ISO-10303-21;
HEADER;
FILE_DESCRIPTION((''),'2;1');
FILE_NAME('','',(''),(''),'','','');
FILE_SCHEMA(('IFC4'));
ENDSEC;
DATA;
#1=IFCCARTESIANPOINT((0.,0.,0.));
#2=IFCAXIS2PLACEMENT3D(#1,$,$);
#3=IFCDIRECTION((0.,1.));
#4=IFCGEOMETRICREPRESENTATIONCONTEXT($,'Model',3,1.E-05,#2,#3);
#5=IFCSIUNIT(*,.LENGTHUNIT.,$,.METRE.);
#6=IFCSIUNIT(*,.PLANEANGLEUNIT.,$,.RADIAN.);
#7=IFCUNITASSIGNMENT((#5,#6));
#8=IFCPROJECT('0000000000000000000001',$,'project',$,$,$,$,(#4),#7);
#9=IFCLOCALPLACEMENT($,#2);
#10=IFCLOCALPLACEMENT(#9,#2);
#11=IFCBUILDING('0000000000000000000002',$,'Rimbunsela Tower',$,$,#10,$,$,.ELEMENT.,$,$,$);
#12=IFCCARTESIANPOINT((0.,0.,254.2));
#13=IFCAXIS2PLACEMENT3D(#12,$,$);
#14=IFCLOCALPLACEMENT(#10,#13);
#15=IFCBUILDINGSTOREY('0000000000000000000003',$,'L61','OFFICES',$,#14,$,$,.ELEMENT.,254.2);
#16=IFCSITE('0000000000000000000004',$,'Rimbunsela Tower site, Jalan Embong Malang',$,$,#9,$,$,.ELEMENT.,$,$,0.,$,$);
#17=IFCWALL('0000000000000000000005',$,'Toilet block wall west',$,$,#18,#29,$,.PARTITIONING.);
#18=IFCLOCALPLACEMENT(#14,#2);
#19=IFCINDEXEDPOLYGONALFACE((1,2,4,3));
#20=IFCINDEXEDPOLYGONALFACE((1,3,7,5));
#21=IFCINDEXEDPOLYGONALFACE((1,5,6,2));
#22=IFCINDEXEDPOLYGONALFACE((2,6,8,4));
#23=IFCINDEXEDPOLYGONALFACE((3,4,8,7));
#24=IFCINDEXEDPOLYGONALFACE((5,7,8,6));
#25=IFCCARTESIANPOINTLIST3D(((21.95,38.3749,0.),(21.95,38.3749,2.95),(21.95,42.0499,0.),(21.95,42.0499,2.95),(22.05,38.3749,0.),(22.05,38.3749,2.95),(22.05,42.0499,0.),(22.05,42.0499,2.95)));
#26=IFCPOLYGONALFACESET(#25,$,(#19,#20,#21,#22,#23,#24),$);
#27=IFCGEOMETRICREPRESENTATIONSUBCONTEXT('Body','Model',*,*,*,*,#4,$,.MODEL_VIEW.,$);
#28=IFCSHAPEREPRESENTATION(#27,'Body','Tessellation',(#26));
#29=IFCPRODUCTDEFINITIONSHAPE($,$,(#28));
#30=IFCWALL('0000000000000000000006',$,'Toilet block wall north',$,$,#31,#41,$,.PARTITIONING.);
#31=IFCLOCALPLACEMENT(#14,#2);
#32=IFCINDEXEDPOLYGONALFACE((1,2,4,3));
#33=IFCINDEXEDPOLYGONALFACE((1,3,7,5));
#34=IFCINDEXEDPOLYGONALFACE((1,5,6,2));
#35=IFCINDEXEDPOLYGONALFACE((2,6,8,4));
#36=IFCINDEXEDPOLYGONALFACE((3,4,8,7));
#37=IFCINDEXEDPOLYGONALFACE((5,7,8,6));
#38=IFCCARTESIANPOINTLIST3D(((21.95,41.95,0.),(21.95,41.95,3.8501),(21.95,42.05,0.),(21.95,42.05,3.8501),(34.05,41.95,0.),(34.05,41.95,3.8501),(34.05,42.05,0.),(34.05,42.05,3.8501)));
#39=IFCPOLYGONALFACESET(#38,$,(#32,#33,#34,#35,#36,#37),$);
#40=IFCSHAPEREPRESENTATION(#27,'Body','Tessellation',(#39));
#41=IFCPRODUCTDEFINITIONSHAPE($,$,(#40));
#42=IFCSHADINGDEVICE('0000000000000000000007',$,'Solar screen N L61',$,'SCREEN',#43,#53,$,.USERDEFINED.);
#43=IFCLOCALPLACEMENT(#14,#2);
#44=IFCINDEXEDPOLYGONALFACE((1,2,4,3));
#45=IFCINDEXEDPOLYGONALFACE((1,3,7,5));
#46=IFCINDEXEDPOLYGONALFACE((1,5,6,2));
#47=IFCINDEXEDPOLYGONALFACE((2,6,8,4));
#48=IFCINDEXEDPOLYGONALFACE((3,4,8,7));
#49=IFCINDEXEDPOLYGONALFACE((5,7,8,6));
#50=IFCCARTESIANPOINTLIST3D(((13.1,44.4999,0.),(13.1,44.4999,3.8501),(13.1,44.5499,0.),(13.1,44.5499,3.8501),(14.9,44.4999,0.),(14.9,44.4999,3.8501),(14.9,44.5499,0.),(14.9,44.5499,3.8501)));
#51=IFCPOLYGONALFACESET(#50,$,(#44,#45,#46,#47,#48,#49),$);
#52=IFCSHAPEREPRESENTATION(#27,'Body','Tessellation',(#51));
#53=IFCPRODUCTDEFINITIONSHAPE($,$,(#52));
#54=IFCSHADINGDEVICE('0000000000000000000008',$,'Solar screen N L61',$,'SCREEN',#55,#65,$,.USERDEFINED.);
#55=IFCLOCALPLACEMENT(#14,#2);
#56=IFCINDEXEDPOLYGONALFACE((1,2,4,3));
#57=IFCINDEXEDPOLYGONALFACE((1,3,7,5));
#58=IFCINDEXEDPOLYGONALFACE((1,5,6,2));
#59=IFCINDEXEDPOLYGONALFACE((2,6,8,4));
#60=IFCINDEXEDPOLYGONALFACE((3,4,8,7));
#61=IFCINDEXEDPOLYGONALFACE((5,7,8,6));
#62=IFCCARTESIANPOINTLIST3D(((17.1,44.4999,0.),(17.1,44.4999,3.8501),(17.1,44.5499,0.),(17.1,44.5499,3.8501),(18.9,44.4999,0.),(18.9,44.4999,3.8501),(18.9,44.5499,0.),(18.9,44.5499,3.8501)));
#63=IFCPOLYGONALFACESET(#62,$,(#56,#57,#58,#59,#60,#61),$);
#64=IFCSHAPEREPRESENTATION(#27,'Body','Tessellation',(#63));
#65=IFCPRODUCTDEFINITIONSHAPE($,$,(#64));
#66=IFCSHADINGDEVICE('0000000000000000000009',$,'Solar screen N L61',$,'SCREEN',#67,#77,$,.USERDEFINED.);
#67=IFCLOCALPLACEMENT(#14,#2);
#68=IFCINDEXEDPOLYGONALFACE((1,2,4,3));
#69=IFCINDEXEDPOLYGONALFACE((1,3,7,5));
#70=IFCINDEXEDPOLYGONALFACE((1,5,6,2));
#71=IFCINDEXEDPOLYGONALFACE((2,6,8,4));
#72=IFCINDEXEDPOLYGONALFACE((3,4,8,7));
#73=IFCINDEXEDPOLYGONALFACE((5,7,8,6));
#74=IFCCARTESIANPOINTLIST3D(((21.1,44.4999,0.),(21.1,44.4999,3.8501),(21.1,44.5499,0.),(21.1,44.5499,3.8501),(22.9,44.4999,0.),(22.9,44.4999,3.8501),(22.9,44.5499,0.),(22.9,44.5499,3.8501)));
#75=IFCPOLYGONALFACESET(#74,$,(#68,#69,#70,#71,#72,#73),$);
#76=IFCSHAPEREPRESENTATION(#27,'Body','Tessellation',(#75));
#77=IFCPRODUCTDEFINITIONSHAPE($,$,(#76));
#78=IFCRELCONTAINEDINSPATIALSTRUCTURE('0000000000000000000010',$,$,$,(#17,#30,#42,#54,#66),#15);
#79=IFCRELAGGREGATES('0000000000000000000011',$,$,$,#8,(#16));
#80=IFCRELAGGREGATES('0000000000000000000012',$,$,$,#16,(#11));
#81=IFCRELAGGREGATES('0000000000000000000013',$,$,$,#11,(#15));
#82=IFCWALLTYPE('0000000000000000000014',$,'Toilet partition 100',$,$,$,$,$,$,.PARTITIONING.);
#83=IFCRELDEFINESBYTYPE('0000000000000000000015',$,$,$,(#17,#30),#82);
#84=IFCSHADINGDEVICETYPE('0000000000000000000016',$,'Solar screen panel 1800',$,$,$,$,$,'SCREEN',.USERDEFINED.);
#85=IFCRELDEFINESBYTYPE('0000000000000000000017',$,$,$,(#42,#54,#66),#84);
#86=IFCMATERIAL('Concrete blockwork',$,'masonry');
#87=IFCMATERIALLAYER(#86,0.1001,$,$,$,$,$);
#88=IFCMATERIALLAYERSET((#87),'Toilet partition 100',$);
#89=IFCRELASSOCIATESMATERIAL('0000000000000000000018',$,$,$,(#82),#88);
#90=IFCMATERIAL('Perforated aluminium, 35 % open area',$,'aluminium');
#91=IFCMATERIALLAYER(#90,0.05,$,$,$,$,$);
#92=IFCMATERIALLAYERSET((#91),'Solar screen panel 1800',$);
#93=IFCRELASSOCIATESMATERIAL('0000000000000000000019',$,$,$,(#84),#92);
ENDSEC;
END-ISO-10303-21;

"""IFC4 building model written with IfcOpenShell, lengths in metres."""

from ifc_helpers import new_model, si_unit, direction, frame, frame_2d, origin, origin_2d, place, context, subcontext, project, spatial, rectangle, extrude, material, layer, layer_set, type_object, element, save


model = new_model("IFC4")

# Units and contexts
model_context = context("Model", 3, precision=1e-05, world=origin(), true_north=direction((0.0, 1.0)))
body_context = subcontext(model_context, "Body", "Model", "MODEL_VIEW")
ifc_project = project(units=[si_unit("LENGTHUNIT", "METRE"), si_unit("PLANEANGLEUNIT", "RADIAN")], contexts=[model_context])

# Site, building, storey
site_placement = place(None, origin())
site = spatial("IfcSite", under=ifc_project, at=site_placement, Name="Rimbunsela Tower site, Jalan Embong Malang", CompositionType="ELEMENT", RefElevation=0.0)
building_placement = place(site_placement, origin())
building = spatial("IfcBuilding", under=site, at=building_placement, Name="Rimbunsela Tower", CompositionType="ELEMENT")
storey_placement = place(building_placement, frame((0.0, 0.0, 254.2)))
storey = spatial("IfcBuildingStorey", under=building, at=storey_placement, Name="L61", Description="OFFICES", CompositionType="ELEMENT", Elevation=254.2)

# Walls
ifc_material_1 = material(Name="Concrete blockwork", Category="masonry")
ifc_layer_1 = layer(ifc_material_1, 0.1001)
ifc_layer_set_1 = layer_set([ifc_layer_1], Name="Toilet partition 100")
wall_type_1 = type_object("IfcWallType", Name="Toilet partition 100", PredefinedType="PARTITIONING", material=ifc_layer_set_1)
wall_1_placement = place(storey_placement, frame((22.0, 38.375, 0.0), z_axis=(0.0, 0.0, 1.0), x_axis=(0.0, 1.0, 0.0)))
element("IfcWall", 1, at=wall_1_placement, inside=storey, type_object=wall_type_1, Name="Toilet block wall west", PredefinedType="PARTITIONING", context=body_context, shape_type="SweptSolid", body=[
    extrude(rectangle(XDim=3.675, YDim=0.1001, at=frame_2d((1.8374, 0.0))), origin(), (0.0, 0.0, 1.0), 2.95),
])
wall_2_placement = place(storey_placement, frame((21.95, 42.0, 0.0), z_axis=(0.0, 0.0, 1.0), x_axis=(1.0, 0.0, 0.0)))
element("IfcWall", 2, at=wall_2_placement, inside=storey, type_object=wall_type_1, Name="Toilet block wall north", PredefinedType="PARTITIONING", context=body_context, shape_type="SweptSolid", body=[
    extrude(rectangle(XDim=12.1001, YDim=0.1001, at=frame_2d((6.05, 0.0))), origin(), (0.0, 0.0, 1.0), 3.8501),
])

# Shading devices
ifc_material_2 = material(Name="Perforated aluminium, 35 % open area", Category="aluminium")
ifc_layer_2 = layer(ifc_material_2, 0.05)
ifc_layer_set_2 = layer_set([ifc_layer_2], Name="Solar screen panel 1800")
shading_device_type = type_object("IfcShadingDeviceType", Name="Solar screen panel 1800", ElementType="SCREEN", PredefinedType="USERDEFINED", material=ifc_layer_set_2)
for number, where, z_axis, x_axis, name in (
    (3, (14.0, 44.5249, 0.0), (0.0, 0.0, 1.0), (1.0, 0.0, 0.0), "Solar screen N L61"),
    (4, (18.0, 44.5249, 0.0), (0.0, 0.0, 1.0), (1.0, 0.0, 0.0), "Solar screen N L61"),
    (5, (22.0, 44.5249, 0.0), (0.0, 0.0, 1.0), (1.0, 0.0, 0.0), "Solar screen N L61"),
):
    element("IfcShadingDevice", number, at=place(storey_placement, frame(where, z_axis=z_axis, x_axis=x_axis)), inside=storey, type_object=shading_device_type, Name=name, ObjectType="SCREEN", PredefinedType="USERDEFINED", context=body_context, shape_type="SweptSolid", body=[
        extrude(rectangle(XDim=1.8, YDim=0.05, at=origin_2d()), origin(), (0.0, 0.0, 1.0), 3.8501),
    ])

save(model, "model.ifc")
